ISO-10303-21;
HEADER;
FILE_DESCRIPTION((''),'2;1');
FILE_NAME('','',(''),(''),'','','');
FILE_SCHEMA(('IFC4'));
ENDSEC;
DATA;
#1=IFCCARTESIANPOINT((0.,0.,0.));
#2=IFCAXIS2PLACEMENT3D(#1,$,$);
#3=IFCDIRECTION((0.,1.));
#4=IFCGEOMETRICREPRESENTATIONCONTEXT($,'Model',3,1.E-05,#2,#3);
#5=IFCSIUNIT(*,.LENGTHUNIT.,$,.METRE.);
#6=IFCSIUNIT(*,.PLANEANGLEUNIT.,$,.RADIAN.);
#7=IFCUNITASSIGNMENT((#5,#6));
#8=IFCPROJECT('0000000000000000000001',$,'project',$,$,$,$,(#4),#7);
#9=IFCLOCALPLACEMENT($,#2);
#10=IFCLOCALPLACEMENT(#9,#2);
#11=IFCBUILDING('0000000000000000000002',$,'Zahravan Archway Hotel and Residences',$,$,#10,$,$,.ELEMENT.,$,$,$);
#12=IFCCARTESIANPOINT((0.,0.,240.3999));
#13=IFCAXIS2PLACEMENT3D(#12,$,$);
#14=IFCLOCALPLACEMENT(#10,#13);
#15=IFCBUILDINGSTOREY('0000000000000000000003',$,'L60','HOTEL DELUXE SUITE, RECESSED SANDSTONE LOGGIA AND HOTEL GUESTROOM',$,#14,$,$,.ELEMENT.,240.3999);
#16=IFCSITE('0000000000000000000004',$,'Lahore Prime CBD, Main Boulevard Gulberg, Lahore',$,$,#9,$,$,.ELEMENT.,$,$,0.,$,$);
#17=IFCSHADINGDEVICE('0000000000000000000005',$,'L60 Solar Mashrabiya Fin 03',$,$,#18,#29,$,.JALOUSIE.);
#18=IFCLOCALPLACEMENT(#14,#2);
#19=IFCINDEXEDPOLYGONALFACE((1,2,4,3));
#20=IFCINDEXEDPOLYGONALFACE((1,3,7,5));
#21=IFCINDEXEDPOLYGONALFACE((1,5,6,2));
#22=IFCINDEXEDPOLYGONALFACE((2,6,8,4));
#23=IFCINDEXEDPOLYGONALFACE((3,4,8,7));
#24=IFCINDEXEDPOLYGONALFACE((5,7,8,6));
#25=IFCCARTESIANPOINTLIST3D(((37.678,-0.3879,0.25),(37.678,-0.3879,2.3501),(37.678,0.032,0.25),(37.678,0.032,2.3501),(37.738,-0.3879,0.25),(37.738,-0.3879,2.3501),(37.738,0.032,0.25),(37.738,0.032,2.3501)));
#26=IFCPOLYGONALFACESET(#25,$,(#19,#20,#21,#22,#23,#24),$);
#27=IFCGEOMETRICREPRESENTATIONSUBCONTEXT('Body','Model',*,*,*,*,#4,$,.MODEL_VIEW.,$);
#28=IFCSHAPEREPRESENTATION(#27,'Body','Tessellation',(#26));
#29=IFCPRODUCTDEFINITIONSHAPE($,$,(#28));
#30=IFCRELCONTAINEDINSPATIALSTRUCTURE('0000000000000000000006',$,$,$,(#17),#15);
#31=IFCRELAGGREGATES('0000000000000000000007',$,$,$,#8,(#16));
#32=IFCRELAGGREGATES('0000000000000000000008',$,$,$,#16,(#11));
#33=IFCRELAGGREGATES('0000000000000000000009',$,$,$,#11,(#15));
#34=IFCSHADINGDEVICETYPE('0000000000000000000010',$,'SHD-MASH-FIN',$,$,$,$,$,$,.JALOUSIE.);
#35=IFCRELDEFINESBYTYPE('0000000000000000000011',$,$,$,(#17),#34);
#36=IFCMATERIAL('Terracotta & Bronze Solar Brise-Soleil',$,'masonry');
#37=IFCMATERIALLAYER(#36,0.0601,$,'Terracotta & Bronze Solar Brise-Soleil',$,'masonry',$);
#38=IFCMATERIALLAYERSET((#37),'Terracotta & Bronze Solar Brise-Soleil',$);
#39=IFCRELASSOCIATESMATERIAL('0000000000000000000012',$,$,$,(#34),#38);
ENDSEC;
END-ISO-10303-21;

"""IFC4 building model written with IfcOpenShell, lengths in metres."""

from ifc_helpers import new_model, si_unit, direction, frame, origin, origin_2d, place, context, subcontext, project, spatial, rectangle, extrude, source, transform, mapped, material, layer, layer_set, type_object, type_shapes, element, save


model = new_model("IFC4")

# Units and contexts
model_context = context("Model", 3, precision=1e-05, world=origin(), true_north=direction((0.0, 1.0)))
body_context = subcontext(model_context, "Body", "Model", "MODEL_VIEW")
ifc_project = project(units=[si_unit("LENGTHUNIT", "METRE"), si_unit("PLANEANGLEUNIT", "RADIAN")], contexts=[model_context])

# Site, building, storey
site_placement = place(None, origin())
site = spatial("IfcSite", under=ifc_project, at=site_placement, Name="Lahore Prime CBD, Main Boulevard Gulberg, Lahore", CompositionType="ELEMENT", RefElevation=0.0)
building_placement = place(site_placement, origin())
building = spatial("IfcBuilding", under=site, at=building_placement, Name="Zahravan Archway Hotel and Residences", CompositionType="ELEMENT")
storey_placement = place(building_placement, frame((0.0, 0.0, 240.3999)))
storey = spatial("IfcBuildingStorey", under=building, at=storey_placement, Name="L60", Description="HOTEL DELUXE SUITE, RECESSED SANDSTONE LOGGIA AND HOTEL GUESTROOM", CompositionType="ELEMENT", Elevation=240.3999)

# Shading device
ifc_material_1 = material(Name="Terracotta & Bronze Solar Brise-Soleil", Category="masonry")
ifc_layer_1 = layer(ifc_material_1, 0.0601, Name="Terracotta & Bronze Solar Brise-Soleil", Category="masonry")
ifc_layer_set_1 = layer_set([ifc_layer_1], Name="Terracotta & Bronze Solar Brise-Soleil")
shading_device_type = type_object("IfcShadingDeviceType", Name="SHD-MASH-FIN", PredefinedType="JALOUSIE", material=ifc_layer_set_1)
shared_shape_1 = source(origin(), body_context, "Body", "SweptSolid", [
    extrude(rectangle(XDim=0.0601, YDim=0.4199, at=origin_2d()), origin(), (0.0, 0.0, 1.0), 2.1001),
])
type_shapes(shading_device_type, [shared_shape_1])
shading_device_placement = place(storey_placement, frame((37.708, -0.178, 0.25), z_axis=(0.0, 0.0, 1.0), x_axis=(1.0, 0.0, 0.0)))
element("IfcShadingDevice", 1, at=shading_device_placement, inside=storey, type_object=shading_device_type, Name="L60 Solar Mashrabiya Fin 03", PredefinedType="JALOUSIE", context=body_context, shape_type="MappedRepresentation", body=[
    mapped(shared_shape_1, transform((0.0, 0.0, 0.0), scale=1.0)),
])

save(model, "model.ifc")
